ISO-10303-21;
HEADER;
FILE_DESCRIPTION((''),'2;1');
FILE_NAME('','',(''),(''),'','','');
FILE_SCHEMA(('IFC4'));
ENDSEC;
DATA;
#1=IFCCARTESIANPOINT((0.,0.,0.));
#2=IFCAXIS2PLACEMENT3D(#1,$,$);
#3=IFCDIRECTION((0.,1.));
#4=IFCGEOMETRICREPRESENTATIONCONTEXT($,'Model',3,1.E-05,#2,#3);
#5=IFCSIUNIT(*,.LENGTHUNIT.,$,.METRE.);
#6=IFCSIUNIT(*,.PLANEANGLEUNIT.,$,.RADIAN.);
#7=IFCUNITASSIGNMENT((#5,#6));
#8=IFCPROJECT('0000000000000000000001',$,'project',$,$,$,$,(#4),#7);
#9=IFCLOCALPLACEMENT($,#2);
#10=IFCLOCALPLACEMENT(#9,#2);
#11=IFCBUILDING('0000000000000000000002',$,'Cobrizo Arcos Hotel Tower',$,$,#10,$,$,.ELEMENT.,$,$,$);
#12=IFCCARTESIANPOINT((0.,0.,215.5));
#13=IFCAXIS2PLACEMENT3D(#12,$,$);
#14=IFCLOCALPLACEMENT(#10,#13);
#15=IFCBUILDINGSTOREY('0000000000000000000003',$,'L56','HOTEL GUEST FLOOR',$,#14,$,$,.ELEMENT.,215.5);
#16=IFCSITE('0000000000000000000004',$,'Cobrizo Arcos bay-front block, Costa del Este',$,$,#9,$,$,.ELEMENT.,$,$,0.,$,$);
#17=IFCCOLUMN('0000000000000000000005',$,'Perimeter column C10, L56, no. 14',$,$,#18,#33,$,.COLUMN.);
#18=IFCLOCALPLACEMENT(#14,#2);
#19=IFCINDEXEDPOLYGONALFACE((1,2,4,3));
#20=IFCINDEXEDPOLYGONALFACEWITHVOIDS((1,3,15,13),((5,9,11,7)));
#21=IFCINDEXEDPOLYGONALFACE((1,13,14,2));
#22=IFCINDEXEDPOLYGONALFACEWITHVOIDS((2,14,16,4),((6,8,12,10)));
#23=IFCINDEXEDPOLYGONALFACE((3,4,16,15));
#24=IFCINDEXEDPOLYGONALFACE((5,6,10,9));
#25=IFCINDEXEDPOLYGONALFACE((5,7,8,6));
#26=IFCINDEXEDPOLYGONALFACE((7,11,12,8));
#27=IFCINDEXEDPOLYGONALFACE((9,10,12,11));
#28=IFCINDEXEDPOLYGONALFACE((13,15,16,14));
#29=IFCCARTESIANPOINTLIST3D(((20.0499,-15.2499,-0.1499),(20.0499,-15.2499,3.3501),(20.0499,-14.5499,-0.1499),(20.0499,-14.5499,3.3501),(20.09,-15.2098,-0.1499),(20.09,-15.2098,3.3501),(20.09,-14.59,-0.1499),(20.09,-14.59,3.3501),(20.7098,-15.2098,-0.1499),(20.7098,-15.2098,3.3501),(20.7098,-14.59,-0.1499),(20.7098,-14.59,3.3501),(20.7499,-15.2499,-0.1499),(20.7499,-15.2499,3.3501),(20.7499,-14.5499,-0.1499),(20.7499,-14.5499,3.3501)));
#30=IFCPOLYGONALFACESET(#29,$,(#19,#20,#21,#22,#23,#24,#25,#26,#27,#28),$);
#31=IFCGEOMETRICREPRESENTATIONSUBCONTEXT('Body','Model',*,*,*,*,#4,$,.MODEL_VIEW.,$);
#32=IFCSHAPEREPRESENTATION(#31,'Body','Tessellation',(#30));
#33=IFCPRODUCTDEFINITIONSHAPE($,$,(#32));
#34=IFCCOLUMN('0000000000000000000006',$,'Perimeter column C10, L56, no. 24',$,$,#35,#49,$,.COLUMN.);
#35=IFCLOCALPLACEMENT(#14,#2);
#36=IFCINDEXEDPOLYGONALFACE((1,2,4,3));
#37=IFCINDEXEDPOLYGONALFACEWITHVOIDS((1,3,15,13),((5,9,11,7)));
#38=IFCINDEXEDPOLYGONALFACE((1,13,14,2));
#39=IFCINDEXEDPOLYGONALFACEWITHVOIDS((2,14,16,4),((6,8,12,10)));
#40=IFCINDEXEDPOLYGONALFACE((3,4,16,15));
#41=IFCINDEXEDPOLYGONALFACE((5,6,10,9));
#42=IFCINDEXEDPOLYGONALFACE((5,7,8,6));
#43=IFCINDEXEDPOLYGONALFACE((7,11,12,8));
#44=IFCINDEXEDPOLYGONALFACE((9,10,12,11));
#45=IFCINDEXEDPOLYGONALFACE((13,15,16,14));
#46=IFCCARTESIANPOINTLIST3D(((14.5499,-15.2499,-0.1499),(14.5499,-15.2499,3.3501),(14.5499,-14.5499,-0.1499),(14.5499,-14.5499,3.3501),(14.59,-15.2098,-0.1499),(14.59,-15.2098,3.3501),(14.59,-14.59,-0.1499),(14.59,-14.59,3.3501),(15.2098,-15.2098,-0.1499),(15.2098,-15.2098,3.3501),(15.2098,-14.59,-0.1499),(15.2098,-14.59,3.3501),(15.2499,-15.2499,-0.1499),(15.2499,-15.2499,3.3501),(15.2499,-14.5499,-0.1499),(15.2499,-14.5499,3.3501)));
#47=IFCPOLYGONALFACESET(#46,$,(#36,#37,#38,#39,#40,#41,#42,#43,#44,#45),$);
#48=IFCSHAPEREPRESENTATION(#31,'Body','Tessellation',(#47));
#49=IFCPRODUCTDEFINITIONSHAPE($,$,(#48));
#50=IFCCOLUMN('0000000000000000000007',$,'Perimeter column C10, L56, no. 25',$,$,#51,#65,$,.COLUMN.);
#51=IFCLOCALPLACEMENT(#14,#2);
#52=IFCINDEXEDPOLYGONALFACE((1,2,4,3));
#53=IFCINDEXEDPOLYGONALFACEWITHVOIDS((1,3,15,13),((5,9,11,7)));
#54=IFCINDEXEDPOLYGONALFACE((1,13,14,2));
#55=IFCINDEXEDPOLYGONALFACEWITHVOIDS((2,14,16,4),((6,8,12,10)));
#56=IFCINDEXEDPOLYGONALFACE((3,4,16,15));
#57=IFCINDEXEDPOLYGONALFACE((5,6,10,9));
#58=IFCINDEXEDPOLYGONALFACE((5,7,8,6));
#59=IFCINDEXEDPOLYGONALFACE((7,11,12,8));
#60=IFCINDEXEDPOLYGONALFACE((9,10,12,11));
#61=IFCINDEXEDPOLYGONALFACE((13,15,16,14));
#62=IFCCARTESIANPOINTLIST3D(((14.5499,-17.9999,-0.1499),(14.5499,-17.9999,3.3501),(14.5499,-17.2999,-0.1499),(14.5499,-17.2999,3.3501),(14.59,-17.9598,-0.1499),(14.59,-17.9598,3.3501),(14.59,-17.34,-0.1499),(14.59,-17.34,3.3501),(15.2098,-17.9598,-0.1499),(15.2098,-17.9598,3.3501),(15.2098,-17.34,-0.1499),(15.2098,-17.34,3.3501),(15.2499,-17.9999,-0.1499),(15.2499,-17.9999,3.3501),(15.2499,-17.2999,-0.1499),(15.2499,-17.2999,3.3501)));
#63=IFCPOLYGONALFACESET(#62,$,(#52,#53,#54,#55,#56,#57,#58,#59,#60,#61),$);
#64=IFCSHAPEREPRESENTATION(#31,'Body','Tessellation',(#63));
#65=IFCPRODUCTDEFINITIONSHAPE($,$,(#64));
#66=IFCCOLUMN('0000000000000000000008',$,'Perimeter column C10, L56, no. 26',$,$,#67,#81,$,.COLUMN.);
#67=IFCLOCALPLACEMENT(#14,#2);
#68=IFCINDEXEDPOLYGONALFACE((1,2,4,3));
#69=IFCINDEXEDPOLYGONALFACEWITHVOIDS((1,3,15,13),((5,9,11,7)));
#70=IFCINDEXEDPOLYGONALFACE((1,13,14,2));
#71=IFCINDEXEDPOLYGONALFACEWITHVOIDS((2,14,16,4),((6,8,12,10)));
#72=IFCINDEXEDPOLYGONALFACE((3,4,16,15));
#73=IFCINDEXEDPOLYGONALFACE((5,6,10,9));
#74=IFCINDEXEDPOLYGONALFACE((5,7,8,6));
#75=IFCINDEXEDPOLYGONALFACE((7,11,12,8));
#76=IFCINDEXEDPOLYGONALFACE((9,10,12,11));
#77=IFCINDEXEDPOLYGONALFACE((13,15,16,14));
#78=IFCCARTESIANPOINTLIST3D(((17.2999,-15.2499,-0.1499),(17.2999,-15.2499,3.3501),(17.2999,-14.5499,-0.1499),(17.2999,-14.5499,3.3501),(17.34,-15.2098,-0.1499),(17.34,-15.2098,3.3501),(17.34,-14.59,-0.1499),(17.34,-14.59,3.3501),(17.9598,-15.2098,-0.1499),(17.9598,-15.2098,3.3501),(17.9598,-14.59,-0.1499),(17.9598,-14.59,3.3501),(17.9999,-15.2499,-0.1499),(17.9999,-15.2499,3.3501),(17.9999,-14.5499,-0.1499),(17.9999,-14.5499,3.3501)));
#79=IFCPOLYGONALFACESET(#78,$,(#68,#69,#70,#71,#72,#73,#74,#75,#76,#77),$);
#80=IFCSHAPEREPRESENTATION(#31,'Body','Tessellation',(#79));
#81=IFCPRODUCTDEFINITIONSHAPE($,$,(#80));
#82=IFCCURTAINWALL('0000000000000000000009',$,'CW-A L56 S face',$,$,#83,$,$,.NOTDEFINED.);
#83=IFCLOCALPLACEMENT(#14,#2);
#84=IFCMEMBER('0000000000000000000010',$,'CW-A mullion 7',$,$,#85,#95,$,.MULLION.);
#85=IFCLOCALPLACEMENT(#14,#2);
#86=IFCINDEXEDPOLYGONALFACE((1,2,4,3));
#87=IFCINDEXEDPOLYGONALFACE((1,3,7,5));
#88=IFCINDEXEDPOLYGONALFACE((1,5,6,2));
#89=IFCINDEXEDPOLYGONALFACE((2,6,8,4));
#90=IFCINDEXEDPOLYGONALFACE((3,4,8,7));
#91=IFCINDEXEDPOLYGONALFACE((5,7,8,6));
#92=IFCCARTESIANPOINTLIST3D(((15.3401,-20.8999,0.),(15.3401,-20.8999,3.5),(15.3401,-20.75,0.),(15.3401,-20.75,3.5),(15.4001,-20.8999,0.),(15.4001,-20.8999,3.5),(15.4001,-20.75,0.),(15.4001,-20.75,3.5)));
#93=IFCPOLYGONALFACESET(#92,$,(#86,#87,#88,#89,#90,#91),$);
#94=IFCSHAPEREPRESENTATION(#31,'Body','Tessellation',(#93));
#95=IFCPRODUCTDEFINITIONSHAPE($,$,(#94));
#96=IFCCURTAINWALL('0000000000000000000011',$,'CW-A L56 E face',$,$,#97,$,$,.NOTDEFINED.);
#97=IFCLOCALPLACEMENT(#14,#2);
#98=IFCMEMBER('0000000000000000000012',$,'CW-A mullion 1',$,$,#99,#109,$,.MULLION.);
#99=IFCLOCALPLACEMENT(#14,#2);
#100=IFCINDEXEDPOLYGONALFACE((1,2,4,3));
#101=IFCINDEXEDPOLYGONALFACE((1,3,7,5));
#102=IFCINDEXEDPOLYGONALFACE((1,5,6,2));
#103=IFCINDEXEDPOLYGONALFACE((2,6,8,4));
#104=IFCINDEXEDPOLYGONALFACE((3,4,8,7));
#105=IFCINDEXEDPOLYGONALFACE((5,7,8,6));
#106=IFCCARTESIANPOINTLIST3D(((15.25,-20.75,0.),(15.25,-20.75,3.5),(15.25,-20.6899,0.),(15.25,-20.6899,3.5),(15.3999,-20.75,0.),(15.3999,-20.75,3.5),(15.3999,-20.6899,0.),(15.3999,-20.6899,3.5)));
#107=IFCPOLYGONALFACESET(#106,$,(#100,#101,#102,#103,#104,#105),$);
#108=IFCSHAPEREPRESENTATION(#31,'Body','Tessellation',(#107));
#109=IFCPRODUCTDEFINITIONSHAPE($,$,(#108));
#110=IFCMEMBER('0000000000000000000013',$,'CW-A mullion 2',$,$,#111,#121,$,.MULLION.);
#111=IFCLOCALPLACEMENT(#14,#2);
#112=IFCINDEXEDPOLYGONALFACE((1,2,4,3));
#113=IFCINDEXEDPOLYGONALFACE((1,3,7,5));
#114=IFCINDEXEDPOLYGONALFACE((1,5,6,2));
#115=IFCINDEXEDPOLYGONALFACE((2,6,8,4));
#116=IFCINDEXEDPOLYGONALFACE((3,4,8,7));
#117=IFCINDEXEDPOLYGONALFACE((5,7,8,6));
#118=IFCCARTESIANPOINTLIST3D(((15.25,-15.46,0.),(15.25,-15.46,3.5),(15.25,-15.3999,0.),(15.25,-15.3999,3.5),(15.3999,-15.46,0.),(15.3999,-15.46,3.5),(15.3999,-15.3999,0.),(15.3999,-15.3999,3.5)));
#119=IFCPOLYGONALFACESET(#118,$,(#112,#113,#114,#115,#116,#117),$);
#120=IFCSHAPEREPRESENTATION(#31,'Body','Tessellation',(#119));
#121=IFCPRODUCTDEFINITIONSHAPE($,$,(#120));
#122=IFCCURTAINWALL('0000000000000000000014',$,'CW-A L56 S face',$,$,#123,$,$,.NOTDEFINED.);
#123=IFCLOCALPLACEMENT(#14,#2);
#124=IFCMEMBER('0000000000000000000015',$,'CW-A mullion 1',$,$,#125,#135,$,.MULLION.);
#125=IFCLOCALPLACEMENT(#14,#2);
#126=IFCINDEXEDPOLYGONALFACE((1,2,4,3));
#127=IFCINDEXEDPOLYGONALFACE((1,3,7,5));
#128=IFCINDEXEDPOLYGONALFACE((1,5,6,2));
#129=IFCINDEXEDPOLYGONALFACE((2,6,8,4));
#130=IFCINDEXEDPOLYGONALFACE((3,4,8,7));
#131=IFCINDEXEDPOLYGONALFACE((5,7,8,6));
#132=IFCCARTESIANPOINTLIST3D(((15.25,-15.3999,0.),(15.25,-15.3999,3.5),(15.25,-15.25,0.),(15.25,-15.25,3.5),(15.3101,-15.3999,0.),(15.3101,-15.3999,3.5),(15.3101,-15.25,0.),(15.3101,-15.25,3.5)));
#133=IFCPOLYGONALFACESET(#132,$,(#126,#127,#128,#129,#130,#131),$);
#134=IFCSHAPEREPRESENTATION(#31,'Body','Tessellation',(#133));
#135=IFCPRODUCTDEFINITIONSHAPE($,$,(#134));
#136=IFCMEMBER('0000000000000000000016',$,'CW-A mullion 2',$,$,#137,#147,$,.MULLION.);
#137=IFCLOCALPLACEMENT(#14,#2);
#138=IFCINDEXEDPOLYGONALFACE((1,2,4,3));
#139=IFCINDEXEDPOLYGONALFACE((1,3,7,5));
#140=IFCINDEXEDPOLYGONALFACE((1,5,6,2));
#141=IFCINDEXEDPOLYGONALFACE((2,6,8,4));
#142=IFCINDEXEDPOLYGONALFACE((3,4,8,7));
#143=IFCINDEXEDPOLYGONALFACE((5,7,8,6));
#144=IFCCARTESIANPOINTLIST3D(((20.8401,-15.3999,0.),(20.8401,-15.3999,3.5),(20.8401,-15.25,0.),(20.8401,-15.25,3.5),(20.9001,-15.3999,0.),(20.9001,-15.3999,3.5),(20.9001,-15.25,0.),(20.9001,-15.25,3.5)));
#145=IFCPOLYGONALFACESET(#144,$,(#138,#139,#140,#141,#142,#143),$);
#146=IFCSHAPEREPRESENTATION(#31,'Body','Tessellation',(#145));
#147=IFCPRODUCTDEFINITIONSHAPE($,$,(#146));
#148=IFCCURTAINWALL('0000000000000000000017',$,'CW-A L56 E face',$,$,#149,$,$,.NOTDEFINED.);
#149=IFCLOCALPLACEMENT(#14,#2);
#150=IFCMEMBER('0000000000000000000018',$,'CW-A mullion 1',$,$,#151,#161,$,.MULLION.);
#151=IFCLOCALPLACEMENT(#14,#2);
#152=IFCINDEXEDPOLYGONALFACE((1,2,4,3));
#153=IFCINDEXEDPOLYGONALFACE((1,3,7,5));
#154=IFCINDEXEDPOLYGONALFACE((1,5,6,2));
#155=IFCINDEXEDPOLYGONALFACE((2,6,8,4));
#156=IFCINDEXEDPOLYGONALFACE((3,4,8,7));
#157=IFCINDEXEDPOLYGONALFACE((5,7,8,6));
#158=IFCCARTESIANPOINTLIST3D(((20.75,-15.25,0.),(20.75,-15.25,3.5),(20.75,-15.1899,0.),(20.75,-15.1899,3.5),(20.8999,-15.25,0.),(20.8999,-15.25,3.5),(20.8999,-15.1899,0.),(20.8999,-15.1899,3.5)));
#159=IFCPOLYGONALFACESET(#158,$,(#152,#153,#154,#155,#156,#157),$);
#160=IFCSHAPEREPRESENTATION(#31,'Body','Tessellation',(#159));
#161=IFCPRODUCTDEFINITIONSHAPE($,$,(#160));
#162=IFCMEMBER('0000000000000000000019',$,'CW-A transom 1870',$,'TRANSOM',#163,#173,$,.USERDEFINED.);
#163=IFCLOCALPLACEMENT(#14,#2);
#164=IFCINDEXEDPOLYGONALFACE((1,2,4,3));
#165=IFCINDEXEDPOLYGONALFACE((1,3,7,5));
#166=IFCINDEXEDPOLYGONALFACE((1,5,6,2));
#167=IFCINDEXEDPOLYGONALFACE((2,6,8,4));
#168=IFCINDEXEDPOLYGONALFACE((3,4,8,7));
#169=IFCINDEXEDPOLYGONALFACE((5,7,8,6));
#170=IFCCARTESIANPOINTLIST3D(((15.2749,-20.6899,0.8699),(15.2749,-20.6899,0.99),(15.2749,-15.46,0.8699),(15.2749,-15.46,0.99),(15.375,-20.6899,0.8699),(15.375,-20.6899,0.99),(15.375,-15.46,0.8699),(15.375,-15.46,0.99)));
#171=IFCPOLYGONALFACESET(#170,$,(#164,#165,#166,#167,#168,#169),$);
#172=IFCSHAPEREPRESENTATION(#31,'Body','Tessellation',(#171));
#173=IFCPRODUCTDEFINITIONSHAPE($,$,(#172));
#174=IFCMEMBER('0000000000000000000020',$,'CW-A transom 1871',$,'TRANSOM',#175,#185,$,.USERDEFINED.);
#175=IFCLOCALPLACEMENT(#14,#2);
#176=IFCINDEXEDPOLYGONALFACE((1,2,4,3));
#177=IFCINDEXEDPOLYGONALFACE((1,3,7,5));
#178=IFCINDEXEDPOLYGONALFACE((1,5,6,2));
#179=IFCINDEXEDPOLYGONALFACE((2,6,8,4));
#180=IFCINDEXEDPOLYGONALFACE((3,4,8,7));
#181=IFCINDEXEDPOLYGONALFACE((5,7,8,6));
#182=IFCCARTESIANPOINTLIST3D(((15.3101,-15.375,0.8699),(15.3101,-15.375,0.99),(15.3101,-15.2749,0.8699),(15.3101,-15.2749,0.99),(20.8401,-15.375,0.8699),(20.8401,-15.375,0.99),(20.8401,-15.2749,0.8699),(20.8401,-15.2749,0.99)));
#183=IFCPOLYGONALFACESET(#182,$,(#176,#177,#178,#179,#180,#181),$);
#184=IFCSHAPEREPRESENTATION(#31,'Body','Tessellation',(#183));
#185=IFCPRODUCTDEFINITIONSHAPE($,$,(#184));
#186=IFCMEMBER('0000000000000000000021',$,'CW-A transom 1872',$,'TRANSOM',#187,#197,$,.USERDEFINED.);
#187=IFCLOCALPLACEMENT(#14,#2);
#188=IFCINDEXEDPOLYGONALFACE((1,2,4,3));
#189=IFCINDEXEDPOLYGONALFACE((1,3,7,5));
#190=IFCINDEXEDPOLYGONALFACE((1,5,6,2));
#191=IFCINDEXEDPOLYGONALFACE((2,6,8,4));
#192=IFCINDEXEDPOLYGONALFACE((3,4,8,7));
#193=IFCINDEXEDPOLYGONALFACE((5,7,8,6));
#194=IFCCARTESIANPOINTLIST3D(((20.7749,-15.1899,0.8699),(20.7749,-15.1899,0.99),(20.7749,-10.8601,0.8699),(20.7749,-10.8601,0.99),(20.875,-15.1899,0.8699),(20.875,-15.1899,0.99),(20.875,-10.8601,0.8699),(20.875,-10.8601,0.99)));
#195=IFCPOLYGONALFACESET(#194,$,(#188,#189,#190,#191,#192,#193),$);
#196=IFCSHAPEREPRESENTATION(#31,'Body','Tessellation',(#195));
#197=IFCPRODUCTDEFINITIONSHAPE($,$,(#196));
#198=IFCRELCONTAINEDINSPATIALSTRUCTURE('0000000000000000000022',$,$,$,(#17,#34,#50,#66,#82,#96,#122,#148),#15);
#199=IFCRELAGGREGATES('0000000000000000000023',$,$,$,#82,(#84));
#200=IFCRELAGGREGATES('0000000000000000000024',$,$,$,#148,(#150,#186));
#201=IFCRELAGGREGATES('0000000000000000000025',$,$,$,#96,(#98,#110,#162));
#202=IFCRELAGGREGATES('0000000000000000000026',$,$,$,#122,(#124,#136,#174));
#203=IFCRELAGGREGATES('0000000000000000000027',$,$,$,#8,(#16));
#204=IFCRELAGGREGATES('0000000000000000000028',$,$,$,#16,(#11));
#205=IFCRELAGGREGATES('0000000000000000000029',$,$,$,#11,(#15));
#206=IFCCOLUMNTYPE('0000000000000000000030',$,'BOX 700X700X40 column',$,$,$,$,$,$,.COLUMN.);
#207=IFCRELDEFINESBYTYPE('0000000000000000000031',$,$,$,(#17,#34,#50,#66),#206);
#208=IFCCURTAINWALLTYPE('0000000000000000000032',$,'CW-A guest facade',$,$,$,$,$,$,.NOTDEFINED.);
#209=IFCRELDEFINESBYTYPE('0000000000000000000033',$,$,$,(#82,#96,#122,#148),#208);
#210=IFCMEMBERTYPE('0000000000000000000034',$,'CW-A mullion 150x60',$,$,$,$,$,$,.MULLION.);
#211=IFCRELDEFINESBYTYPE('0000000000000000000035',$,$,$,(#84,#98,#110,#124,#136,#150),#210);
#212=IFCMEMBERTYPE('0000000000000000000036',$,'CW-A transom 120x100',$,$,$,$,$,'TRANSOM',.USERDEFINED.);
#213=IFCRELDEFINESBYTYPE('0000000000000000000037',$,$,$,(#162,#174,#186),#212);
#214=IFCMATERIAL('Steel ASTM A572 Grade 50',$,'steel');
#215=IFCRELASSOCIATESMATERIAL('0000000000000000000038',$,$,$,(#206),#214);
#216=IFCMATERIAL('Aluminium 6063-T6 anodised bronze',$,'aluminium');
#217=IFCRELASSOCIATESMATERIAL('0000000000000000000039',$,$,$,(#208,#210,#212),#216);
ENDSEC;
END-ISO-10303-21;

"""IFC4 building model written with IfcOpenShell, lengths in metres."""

from ifc_helpers import new_model, si_unit, direction, frame, origin, origin_2d, place, context, subcontext, project, spatial, rectangle, hollow_rectangle, extrude, material, material_profile, profile_set, type_object, element, aggregate, save


model = new_model("IFC4")

# Units and contexts
model_context = context("Model", 3, precision=1e-05, world=origin(), true_north=direction((0.0, 1.0)))
body_context = subcontext(model_context, "Body", "Model", "MODEL_VIEW")
ifc_project = project(units=[si_unit("LENGTHUNIT", "METRE"), si_unit("PLANEANGLEUNIT", "RADIAN")], contexts=[model_context])

# Site, building, storey
site_placement = place(None, origin())
site = spatial("IfcSite", under=ifc_project, at=site_placement, Name="Cobrizo Arcos bay-front block, Costa del Este", CompositionType="ELEMENT", RefElevation=0.0)
building_placement = place(site_placement, origin())
building = spatial("IfcBuilding", under=site, at=building_placement, Name="Cobrizo Arcos Hotel Tower", CompositionType="ELEMENT")
storey_placement = place(building_placement, frame((0.0, 0.0, 215.5)))
storey = spatial("IfcBuildingStorey", under=building, at=storey_placement, Name="L56", Description="HOTEL GUEST FLOOR", CompositionType="ELEMENT", Elevation=215.5)

# Columns
ifc_material_1 = material(Name="Steel ASTM A572 Grade 50", Category="steel")
ifc_material_profile_1 = material_profile(ifc_material_1, hollow_rectangle(XDim=0.7, YDim=0.7, WallThickness=0.04, at=origin_2d()), Name="BOX 700X700X40")
ifc_profile_set_1 = profile_set([ifc_material_profile_1], Name="Steel ASTM A572 Grade 50")
column_type = type_object("IfcColumnType", Name="BOX 700X700X40 column", PredefinedType="COLUMN", material=ifc_profile_set_1)
for number, where, z_axis, x_axis, name in (
    (1, (20.3999, -14.8999, -0.1499), (0.0, 0.0, 1.0), (1.0, 0.0, 0.0), "Perimeter column C10, L56, no. 14"),
    (2, (14.8999, -14.8999, -0.1499), (0.0, 0.0, 1.0), (1.0, 0.0, 0.0), "Perimeter column C10, L56, no. 24"),
    (3, (14.8999, -17.6499, -0.1499), (0.0, 0.0, 1.0), (1.0, 0.0, 0.0), "Perimeter column C10, L56, no. 25"),
    (4, (17.6499, -14.8999, -0.1499), (0.0, 0.0, 1.0), (1.0, 0.0, 0.0), "Perimeter column C10, L56, no. 26"),
):
    element("IfcColumn", number, at=place(storey_placement, frame(where, z_axis=z_axis, x_axis=x_axis)), inside=storey, type_object=column_type, Name=name, PredefinedType="COLUMN", context=body_context, shape_type="SweptSolid", body=[
        extrude(hollow_rectangle(XDim=0.7, YDim=0.7, WallThickness=0.04, at=origin_2d()), origin(), (0.0, 0.0, 1.0), 3.5),
    ])

# Curtain wall, member
ifc_material_2 = material(Name="Aluminium 6063-T6 anodised bronze", Category="aluminium")
curtain_wall_type = type_object("IfcCurtainWallType", Name="CW-A guest facade", PredefinedType="NOTDEFINED", material=ifc_material_2)
curtain_wall_1_placement = place(storey_placement, origin())
curtain_wall_1 = element("IfcCurtainWall", 5, at=curtain_wall_1_placement, inside=storey, type_object=curtain_wall_type, Name="CW-A L56 S face", PredefinedType="NOTDEFINED")
ifc_material_profile_2 = material_profile(ifc_material_2, rectangle(XDim=0.1499, YDim=0.0601, at=origin_2d()), Name="CW-A mullion 150x60")
ifc_profile_set_2 = profile_set([ifc_material_profile_2], Name="Aluminium 6063-T6 anodised bronze")
member_type_1 = type_object("IfcMemberType", Name="CW-A mullion 150x60", PredefinedType="MULLION", material=ifc_profile_set_2)
member_1_placement = place(storey_placement, frame((15.3701, -20.825, 0.0), z_axis=(0.0, 0.0, 1.0), x_axis=(0.0, -1.0, 0.0)))
member_1 = element("IfcMember", 6, at=member_1_placement, type_object=member_type_1, Name="CW-A mullion 7", PredefinedType="MULLION", context=body_context, shape_type="SweptSolid", body=[
    extrude(rectangle(XDim=0.1499, YDim=0.0601, at=origin_2d()), origin(), (0.0, 0.0, 1.0), 3.5),
])
aggregate(curtain_wall_1, [member_1])

# Curtain walls, members
curtain_wall_2_placement = place(storey_placement, origin())
curtain_wall_2 = element("IfcCurtainWall", 7, at=curtain_wall_2_placement, inside=storey, type_object=curtain_wall_type, Name="CW-A L56 E face", PredefinedType="NOTDEFINED")
member_2_placement = place(storey_placement, frame((15.325, -20.72, 0.0), z_axis=(0.0, 0.0, 1.0), x_axis=(1.0, 0.0, 0.0)))
member_2 = element("IfcMember", 8, at=member_2_placement, type_object=member_type_1, Name="CW-A mullion 1", PredefinedType="MULLION", context=body_context, shape_type="SweptSolid", body=[
    extrude(rectangle(XDim=0.1499, YDim=0.0601, at=origin_2d()), origin(), (0.0, 0.0, 1.0), 3.5),
])
member_3_placement = place(storey_placement, frame((15.325, -15.4299, 0.0), z_axis=(0.0, 0.0, 1.0), x_axis=(1.0, 0.0, 0.0)))
member_3 = element("IfcMember", 9, at=member_3_placement, type_object=member_type_1, Name="CW-A mullion 2", PredefinedType="MULLION", context=body_context, shape_type="SweptSolid", body=[
    extrude(rectangle(XDim=0.1499, YDim=0.0601, at=origin_2d()), origin(), (0.0, 0.0, 1.0), 3.5),
])
curtain_wall_3_placement = place(storey_placement, origin())
curtain_wall_3 = element("IfcCurtainWall", 10, at=curtain_wall_3_placement, inside=storey, type_object=curtain_wall_type, Name="CW-A L56 S face", PredefinedType="NOTDEFINED")
member_4_placement = place(storey_placement, frame((15.28, -15.325, 0.0), z_axis=(0.0, 0.0, 1.0), x_axis=(0.0, -1.0, 0.0)))
member_4 = element("IfcMember", 11, at=member_4_placement, type_object=member_type_1, Name="CW-A mullion 1", PredefinedType="MULLION", context=body_context, shape_type="SweptSolid", body=[
    extrude(rectangle(XDim=0.1499, YDim=0.0601, at=origin_2d()), origin(), (0.0, 0.0, 1.0), 3.5),
])
member_5_placement = place(storey_placement, frame((20.8701, -15.325, 0.0), z_axis=(0.0, 0.0, 1.0), x_axis=(0.0, -1.0, 0.0)))
member_5 = element("IfcMember", 12, at=member_5_placement, type_object=member_type_1, Name="CW-A mullion 2", PredefinedType="MULLION", context=body_context, shape_type="SweptSolid", body=[
    extrude(rectangle(XDim=0.1499, YDim=0.0601, at=origin_2d()), origin(), (0.0, 0.0, 1.0), 3.5),
])

# Curtain wall, member
curtain_wall_4_placement = place(storey_placement, origin())
curtain_wall_4 = element("IfcCurtainWall", 13, at=curtain_wall_4_placement, inside=storey, type_object=curtain_wall_type, Name="CW-A L56 E face", PredefinedType="NOTDEFINED")
member_6_placement = place(storey_placement, frame((20.825, -15.22, 0.0), z_axis=(0.0, 0.0, 1.0), x_axis=(1.0, 0.0, 0.0)))
member_6 = element("IfcMember", 14, at=member_6_placement, type_object=member_type_1, Name="CW-A mullion 1", PredefinedType="MULLION", context=body_context, shape_type="SweptSolid", body=[
    extrude(rectangle(XDim=0.1499, YDim=0.0601, at=origin_2d()), origin(), (0.0, 0.0, 1.0), 3.5),
])

# Members
ifc_material_profile_3 = material_profile(ifc_material_2, rectangle(XDim=0.1001, YDim=0.1201, at=origin_2d()), Name="CW-A transom 120x100")
ifc_profile_set_3 = profile_set([ifc_material_profile_3], Name="Aluminium 6063-T6 anodised bronze")
member_type_2 = type_object("IfcMemberType", Name="CW-A transom 120x100", ElementType="TRANSOM", PredefinedType="USERDEFINED", material=ifc_profile_set_3)
member_7_placement = place(storey_placement, frame((15.325, -20.6899, 0.9299), z_axis=(0.0, 1.0, 0.0), x_axis=(-1.0, 0.0, 0.0)))
member_7 = element("IfcMember", 15, at=member_7_placement, type_object=member_type_2, Name="CW-A transom 1870", ObjectType="TRANSOM", PredefinedType="USERDEFINED", context=body_context, shape_type="SweptSolid", body=[
    extrude(rectangle(XDim=0.1001, YDim=0.1201, at=origin_2d()), origin(), (0.0, 0.0, 1.0), 5.23),
])
member_8_placement = place(storey_placement, frame((15.3101, -15.325, 0.9299), z_axis=(1.0, 0.0, 0.0), x_axis=(0.0, 1.0, 0.0)))
member_8 = element("IfcMember", 16, at=member_8_placement, type_object=member_type_2, Name="CW-A transom 1871", ObjectType="TRANSOM", PredefinedType="USERDEFINED", context=body_context, shape_type="SweptSolid", body=[
    extrude(rectangle(XDim=0.1001, YDim=0.1201, at=origin_2d()), origin(), (0.0, 0.0, 1.0), 5.53),
])
member_9_placement = place(storey_placement, frame((20.825, -15.1899, 0.9299), z_axis=(0.0, 1.0, 0.0), x_axis=(-1.0, 0.0, 0.0)))
member_9 = element("IfcMember", 17, at=member_9_placement, type_object=member_type_2, Name="CW-A transom 1872", ObjectType="TRANSOM", PredefinedType="USERDEFINED", context=body_context, shape_type="SweptSolid", body=[
    extrude(rectangle(XDim=0.1001, YDim=0.1201, at=origin_2d()), origin(), (0.0, 0.0, 1.0), 4.3298),
])
aggregate(curtain_wall_4, [member_6, member_9])

aggregate(curtain_wall_2, [member_2, member_3, member_7])
aggregate(curtain_wall_3, [member_4, member_5, member_8])

save(model, "model.ifc")
